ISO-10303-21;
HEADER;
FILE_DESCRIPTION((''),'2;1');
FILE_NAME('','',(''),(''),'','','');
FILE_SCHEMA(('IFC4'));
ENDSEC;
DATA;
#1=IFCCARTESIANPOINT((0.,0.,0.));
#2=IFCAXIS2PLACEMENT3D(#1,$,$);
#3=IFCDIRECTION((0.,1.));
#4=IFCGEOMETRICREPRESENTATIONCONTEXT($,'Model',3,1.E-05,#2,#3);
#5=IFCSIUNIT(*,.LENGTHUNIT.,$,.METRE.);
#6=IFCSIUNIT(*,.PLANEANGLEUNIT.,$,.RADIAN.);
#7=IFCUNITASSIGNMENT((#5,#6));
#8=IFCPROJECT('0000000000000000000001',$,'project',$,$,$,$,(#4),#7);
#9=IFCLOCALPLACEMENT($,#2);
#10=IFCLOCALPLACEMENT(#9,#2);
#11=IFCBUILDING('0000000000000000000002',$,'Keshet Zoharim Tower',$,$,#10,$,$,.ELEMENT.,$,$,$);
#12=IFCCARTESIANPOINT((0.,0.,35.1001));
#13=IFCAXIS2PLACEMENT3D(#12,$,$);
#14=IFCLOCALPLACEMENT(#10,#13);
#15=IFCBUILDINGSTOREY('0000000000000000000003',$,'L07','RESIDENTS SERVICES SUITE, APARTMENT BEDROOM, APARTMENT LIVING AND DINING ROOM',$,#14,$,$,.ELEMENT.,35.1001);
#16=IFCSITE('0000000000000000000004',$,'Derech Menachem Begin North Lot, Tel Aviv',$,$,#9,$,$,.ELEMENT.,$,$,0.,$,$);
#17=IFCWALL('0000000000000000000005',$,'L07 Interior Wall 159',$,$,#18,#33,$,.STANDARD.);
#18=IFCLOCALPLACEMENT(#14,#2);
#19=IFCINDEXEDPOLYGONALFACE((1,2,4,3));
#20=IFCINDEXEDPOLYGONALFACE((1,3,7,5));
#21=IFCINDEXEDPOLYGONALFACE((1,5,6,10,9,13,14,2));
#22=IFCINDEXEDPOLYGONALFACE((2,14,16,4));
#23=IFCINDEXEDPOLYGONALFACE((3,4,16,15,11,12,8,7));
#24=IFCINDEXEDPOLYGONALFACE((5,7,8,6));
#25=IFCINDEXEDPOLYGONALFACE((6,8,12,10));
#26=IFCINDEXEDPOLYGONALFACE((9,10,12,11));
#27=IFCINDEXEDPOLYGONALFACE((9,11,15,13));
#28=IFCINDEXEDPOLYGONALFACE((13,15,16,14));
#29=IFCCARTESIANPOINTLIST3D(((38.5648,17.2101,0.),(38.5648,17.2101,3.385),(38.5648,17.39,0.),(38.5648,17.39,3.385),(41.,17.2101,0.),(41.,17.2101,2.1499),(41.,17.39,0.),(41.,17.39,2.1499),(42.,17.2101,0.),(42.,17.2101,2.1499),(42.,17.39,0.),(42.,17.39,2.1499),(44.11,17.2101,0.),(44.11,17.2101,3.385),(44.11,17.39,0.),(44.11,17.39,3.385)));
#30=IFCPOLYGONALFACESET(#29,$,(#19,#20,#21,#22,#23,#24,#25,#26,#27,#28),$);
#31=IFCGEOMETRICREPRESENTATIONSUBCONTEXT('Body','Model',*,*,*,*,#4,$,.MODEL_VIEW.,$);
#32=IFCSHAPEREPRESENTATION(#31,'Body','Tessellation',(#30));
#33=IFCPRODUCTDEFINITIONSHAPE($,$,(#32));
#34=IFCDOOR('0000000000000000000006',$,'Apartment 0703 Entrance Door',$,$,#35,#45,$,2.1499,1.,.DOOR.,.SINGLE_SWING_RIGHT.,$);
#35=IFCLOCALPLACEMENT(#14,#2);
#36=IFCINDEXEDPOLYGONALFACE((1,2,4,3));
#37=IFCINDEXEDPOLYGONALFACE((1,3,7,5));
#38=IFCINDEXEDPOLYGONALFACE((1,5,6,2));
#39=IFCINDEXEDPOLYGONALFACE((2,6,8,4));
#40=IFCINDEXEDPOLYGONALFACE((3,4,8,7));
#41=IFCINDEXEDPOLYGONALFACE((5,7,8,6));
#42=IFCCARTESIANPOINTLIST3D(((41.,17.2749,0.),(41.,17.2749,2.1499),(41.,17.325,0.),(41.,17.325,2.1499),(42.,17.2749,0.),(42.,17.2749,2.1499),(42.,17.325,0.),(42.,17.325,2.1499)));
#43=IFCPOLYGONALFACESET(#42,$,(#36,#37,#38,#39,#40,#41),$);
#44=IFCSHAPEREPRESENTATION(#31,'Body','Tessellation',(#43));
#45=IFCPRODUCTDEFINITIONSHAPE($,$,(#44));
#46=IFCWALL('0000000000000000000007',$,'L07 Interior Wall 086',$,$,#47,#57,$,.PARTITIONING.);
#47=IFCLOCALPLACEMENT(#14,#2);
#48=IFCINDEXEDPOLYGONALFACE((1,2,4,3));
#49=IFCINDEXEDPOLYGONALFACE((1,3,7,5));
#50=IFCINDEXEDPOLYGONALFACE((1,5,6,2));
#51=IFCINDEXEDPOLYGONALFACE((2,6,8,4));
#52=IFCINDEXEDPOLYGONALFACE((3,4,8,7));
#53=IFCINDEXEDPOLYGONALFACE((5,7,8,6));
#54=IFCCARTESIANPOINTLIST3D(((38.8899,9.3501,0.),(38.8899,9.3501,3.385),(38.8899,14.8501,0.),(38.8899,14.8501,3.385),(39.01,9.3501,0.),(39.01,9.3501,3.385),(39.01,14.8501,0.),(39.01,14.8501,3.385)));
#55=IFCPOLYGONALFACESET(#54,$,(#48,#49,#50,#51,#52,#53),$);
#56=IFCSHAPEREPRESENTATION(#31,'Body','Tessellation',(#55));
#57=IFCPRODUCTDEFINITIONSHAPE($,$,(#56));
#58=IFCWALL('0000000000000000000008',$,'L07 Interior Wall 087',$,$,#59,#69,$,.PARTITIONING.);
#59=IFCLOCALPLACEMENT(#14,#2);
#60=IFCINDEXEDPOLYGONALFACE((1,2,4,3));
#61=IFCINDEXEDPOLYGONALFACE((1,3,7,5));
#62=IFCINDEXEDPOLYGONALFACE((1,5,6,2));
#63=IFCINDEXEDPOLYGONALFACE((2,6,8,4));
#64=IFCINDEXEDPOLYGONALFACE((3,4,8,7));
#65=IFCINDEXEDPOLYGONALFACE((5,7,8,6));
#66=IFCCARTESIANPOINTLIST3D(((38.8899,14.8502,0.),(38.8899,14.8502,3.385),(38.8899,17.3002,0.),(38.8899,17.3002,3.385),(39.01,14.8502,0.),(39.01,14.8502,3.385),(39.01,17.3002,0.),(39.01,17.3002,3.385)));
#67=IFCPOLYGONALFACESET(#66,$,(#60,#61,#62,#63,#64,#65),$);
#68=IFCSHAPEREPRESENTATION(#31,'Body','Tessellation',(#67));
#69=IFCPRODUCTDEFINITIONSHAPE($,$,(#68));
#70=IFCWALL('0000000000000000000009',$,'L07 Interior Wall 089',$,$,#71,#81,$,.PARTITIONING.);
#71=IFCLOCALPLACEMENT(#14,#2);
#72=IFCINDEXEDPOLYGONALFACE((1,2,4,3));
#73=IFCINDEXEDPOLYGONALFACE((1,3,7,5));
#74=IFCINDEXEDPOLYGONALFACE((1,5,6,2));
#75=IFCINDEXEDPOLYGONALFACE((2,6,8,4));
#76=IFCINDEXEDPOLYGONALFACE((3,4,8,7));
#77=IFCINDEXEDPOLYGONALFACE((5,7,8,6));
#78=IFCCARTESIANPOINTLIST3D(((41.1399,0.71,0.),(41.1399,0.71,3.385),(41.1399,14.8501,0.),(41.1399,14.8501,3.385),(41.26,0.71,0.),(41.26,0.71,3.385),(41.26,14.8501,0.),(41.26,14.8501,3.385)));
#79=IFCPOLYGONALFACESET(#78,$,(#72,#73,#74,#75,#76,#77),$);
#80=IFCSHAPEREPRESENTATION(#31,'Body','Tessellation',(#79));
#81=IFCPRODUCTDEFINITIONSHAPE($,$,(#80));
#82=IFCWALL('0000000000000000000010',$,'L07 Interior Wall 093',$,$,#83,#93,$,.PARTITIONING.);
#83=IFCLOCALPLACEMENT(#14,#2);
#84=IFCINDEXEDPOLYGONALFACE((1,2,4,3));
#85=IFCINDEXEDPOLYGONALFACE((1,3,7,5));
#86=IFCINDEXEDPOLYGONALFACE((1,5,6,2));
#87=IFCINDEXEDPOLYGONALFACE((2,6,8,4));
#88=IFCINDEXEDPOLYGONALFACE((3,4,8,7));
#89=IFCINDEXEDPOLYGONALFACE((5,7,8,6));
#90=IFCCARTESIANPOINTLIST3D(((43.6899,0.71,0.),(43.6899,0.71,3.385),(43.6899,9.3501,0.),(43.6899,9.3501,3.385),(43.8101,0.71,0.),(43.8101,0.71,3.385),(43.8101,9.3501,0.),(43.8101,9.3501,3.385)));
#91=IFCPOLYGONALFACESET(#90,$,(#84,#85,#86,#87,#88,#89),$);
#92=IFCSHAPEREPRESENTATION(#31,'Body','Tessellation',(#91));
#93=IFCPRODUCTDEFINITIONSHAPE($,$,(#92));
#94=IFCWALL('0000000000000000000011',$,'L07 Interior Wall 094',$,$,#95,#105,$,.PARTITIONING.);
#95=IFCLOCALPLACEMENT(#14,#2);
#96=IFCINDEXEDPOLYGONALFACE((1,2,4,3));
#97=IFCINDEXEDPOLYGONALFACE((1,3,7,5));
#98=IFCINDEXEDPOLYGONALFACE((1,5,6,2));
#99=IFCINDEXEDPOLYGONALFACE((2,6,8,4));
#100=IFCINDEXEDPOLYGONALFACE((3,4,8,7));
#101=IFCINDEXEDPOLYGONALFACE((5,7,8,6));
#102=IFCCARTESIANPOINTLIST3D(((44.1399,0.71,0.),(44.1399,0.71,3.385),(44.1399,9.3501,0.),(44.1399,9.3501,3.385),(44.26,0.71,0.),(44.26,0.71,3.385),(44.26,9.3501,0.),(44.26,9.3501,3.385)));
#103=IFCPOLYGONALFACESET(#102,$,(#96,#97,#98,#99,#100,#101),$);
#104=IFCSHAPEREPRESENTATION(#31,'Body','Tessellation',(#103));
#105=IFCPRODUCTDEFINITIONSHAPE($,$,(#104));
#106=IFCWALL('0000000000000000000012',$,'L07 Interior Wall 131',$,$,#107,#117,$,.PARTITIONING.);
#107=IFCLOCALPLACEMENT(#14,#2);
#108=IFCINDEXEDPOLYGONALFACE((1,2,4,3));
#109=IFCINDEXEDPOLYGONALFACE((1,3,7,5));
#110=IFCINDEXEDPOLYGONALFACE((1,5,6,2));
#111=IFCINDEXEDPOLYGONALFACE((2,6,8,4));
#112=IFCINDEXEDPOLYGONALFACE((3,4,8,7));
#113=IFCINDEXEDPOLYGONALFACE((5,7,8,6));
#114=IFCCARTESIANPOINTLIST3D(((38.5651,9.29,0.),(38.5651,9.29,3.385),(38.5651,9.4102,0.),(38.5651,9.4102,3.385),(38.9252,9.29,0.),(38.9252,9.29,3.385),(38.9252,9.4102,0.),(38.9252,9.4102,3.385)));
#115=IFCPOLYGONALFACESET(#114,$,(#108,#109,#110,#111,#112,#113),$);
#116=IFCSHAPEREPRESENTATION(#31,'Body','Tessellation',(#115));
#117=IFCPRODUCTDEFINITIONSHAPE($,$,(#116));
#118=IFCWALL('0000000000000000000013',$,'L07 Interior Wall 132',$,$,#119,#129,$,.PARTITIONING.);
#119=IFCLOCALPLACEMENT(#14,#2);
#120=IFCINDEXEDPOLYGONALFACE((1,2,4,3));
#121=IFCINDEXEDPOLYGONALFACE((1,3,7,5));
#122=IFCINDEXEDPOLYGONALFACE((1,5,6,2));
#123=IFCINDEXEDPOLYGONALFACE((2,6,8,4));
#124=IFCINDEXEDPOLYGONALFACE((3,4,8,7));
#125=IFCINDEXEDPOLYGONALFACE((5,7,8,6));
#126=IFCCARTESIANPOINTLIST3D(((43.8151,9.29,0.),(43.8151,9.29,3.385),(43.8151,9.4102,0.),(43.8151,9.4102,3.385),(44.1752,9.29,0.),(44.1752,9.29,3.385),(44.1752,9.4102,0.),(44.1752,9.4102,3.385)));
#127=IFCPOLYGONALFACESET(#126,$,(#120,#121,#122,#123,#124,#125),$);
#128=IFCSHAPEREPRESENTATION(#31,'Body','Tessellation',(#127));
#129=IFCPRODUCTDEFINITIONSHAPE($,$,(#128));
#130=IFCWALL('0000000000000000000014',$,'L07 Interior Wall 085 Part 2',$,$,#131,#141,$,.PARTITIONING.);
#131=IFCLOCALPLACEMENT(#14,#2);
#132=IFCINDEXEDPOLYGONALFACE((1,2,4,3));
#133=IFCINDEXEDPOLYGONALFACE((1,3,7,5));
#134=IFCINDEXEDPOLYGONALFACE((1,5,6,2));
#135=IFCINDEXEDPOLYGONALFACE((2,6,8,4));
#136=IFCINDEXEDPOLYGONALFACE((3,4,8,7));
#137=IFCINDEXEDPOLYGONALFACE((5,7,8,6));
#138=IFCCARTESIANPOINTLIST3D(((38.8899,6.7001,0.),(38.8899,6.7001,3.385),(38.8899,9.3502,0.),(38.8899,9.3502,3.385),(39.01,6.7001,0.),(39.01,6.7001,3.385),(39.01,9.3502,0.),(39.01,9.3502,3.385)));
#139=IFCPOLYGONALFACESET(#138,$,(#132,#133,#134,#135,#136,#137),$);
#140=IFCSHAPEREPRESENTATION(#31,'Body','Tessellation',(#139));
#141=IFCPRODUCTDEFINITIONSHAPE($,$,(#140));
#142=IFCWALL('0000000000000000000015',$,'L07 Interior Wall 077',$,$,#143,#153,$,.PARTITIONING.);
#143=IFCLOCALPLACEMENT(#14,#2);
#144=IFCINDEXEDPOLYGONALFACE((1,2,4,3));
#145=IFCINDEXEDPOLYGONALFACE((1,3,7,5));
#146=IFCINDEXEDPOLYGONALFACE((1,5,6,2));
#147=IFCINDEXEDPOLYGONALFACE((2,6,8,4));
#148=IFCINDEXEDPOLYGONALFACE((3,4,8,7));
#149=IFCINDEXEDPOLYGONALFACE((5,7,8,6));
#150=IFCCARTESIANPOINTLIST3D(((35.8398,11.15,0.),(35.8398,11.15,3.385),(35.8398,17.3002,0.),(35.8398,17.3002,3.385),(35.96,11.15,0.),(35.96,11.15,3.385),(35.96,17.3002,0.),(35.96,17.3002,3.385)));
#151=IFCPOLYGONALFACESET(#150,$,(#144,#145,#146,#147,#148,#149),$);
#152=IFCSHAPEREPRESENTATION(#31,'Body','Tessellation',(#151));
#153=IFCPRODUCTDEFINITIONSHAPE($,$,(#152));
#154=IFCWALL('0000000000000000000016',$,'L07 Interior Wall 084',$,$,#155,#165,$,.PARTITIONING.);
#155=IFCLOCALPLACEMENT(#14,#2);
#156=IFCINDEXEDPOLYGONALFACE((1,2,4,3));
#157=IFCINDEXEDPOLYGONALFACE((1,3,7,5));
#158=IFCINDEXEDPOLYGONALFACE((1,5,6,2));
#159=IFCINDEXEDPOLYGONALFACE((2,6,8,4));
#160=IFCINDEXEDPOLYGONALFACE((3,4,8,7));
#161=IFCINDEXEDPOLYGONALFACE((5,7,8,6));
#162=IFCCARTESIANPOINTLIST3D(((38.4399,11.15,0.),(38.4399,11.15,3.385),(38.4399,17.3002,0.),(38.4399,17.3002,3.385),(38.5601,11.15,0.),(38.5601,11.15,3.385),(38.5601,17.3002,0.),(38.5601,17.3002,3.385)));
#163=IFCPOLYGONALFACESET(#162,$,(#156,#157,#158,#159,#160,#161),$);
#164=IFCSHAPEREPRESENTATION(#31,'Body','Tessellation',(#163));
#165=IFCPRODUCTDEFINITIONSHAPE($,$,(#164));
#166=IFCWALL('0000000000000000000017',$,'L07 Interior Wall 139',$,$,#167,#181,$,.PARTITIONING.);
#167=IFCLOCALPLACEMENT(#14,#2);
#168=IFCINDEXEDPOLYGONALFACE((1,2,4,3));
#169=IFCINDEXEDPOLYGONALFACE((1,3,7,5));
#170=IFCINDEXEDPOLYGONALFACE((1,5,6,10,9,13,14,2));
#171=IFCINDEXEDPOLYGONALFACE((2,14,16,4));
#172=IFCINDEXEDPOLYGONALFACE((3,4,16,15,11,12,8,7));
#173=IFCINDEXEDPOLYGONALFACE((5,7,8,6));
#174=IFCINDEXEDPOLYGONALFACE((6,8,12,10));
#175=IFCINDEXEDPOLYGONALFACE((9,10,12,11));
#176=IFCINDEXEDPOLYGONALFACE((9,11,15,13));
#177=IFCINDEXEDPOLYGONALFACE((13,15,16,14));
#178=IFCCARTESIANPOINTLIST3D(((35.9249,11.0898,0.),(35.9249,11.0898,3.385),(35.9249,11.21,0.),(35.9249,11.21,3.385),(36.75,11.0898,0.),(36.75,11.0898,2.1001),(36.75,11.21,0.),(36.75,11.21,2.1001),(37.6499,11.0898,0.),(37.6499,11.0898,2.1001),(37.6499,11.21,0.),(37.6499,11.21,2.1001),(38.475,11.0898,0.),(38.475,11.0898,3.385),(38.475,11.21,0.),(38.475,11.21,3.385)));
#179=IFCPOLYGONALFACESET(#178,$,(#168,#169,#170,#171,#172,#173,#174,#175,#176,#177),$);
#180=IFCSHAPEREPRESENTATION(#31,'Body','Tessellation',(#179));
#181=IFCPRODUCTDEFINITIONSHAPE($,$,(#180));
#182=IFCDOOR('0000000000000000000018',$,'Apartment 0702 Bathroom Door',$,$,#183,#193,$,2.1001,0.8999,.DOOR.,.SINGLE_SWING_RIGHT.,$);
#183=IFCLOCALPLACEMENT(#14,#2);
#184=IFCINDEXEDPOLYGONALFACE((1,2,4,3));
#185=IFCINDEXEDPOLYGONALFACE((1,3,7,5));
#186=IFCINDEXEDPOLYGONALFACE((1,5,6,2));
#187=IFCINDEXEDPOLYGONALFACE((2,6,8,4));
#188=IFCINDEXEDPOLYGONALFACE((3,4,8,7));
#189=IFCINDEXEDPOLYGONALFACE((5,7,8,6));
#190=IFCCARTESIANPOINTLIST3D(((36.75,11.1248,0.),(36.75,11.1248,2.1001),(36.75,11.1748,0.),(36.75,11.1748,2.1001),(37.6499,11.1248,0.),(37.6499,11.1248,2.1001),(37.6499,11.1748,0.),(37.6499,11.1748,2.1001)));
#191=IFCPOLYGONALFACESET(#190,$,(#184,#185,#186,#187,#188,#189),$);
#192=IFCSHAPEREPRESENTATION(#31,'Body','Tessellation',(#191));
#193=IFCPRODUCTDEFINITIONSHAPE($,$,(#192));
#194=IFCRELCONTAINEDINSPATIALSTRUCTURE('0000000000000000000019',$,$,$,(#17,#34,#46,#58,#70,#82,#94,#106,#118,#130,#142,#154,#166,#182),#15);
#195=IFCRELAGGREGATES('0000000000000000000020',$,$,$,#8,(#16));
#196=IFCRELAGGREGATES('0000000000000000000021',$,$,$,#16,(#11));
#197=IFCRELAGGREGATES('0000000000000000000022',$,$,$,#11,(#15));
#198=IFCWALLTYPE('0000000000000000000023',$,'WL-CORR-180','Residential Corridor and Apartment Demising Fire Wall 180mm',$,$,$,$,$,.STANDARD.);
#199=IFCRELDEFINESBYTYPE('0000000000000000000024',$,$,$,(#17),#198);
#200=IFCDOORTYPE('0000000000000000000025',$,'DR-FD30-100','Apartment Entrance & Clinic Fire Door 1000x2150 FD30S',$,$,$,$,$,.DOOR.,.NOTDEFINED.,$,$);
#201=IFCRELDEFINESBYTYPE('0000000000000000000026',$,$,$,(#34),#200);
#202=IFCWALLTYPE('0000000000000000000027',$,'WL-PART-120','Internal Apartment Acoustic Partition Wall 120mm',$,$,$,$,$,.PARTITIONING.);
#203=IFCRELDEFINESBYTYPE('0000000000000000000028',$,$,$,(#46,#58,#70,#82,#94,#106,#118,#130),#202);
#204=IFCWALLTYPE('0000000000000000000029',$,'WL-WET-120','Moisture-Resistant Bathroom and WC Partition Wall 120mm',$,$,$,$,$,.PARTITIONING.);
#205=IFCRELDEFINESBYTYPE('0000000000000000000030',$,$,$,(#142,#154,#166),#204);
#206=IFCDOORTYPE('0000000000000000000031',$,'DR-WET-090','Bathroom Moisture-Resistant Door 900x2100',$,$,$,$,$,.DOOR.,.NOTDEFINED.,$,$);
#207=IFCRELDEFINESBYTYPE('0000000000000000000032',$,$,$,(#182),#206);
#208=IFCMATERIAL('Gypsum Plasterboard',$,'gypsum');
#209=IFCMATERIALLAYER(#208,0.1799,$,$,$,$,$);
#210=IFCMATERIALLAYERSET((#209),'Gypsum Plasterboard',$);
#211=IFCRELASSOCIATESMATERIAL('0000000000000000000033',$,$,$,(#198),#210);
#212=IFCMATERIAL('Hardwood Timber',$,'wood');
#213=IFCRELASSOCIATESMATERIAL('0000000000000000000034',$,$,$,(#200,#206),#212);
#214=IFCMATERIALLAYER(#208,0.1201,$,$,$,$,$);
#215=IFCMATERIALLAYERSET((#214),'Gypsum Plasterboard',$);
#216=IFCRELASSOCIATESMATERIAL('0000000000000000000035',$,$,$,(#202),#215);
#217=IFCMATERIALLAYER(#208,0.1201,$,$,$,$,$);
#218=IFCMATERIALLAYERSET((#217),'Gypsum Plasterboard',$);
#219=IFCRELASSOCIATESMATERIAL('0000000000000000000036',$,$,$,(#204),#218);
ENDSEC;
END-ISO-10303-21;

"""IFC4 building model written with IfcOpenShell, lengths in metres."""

from ifc_helpers import new_model, si_unit, direction, frame, frame_2d, origin, place, context, subcontext, project, spatial, rectangle, extrude, material, layer, layer_set, type_object, element, fill, save


model = new_model("IFC4")

# Units and contexts
model_context = context("Model", 3, precision=1e-05, world=origin(), true_north=direction((0.0, 1.0)))
body_context = subcontext(model_context, "Body", "Model", "MODEL_VIEW")
ifc_project = project(units=[si_unit("LENGTHUNIT", "METRE"), si_unit("PLANEANGLEUNIT", "RADIAN")], contexts=[model_context])

# Site, building, storey
site_placement = place(None, origin())
site = spatial("IfcSite", under=ifc_project, at=site_placement, Name="Derech Menachem Begin North Lot, Tel Aviv", CompositionType="ELEMENT", RefElevation=0.0)
building_placement = place(site_placement, origin())
building = spatial("IfcBuilding", under=site, at=building_placement, Name="Keshet Zoharim Tower", CompositionType="ELEMENT")
storey_placement = place(building_placement, frame((0.0, 0.0, 35.1001)))
storey = spatial("IfcBuildingStorey", under=building, at=storey_placement, Name="L07", Description="RESIDENTS SERVICES SUITE, APARTMENT BEDROOM, APARTMENT LIVING AND DINING ROOM", CompositionType="ELEMENT", Elevation=35.1001)

# Shared definitions
ifc_material_1 = material(Name="Gypsum Plasterboard", Category="gypsum")
ifc_layer_1 = layer(ifc_material_1, 0.1799)
ifc_layer_set_1 = layer_set([ifc_layer_1], Name="Gypsum Plasterboard")
wall_type_1 = type_object("IfcWallType", Name="WL-CORR-180", Description="Residential Corridor and Apartment Demising Fire Wall 180mm", PredefinedType="STANDARD", material=ifc_layer_set_1)

# Wall, opening, door
wall_1_placement = place(storey_placement, frame((38.5649, 17.3, 0.0), z_axis=(0.0, 0.0, 1.0), x_axis=(1.0, 0.0, 0.0)))
wall_1 = element("IfcWall", 1, at=wall_1_placement, inside=storey, type_object=wall_type_1, Name="L07 Interior Wall 159", PredefinedType="STANDARD", context=body_context, shape_type="SweptSolid", body=[
    extrude(rectangle(XDim=5.5452, YDim=0.1799, at=frame_2d((2.7725, 0.0))), origin(), (0.0, 0.0, 1.0), 3.385),
])
opening_1_placement = place(wall_1_placement, frame((2.4351, 0.0, 0.0)))
opening_1 = element("IfcOpeningElement", 2, at=opening_1_placement, cuts=wall_1, PredefinedType="OPENING", context=body_context, shape_type="SweptSolid", body=[
    extrude(rectangle(XDim=1.0, YDim=2.1499, at=frame_2d((0.5, 1.075))), frame((0.0, 0.1001, 0.0), z_axis=(0.0, -1.0, 0.0), x_axis=(1.0, 0.0, 0.0)), (0.0, 0.0, 1.0), 0.2),
])
ifc_material_2 = material(Name="Hardwood Timber", Category="wood")
door_type_1 = type_object("IfcDoorType", Name="DR-FD30-100", Description="Apartment Entrance & Clinic Fire Door 1000x2150 FD30S", OperationType="NOTDEFINED", PredefinedType="DOOR", material=ifc_material_2)
door_1_placement = place(opening_1_placement, origin())
door_1 = element("IfcDoor", 3, at=door_1_placement, inside=storey, type_object=door_type_1, Name="Apartment 0703 Entrance Door", OperationType="SINGLE_SWING_RIGHT", OverallHeight=2.1499, OverallWidth=1.0, PredefinedType="DOOR", context=body_context, shape_type="SweptSolid", body=[
    extrude(rectangle(XDim=1.0, YDim=2.1499, at=frame_2d((0.5, 1.075))), frame((0.0, 0.0249, 0.0), z_axis=(0.0, -1.0, 0.0), x_axis=(1.0, 0.0, 0.0)), (0.0, 0.0, 1.0), 0.05),
])
fill(opening_1, door_1)

# Walls
ifc_layer_2 = layer(ifc_material_1, 0.1201)
ifc_layer_set_2 = layer_set([ifc_layer_2], Name="Gypsum Plasterboard")
wall_type_2 = type_object("IfcWallType", Name="WL-PART-120", Description="Internal Apartment Acoustic Partition Wall 120mm", PredefinedType="PARTITIONING", material=ifc_layer_set_2)
wall_2_placement = place(storey_placement, frame((38.95, 9.3501, 0.0), z_axis=(0.0, 0.0, 1.0), x_axis=(0.0, 1.0, 0.0)))
element("IfcWall", 4, at=wall_2_placement, inside=storey, type_object=wall_type_2, Name="L07 Interior Wall 086", PredefinedType="PARTITIONING", context=body_context, shape_type="SweptSolid", body=[
    extrude(rectangle(XDim=5.5, YDim=0.1201, at=frame_2d((2.75, 0.0))), origin(), (0.0, 0.0, 1.0), 3.385),
])
wall_3_placement = place(storey_placement, frame((38.95, 14.8501, 0.0), z_axis=(0.0, 0.0, 1.0), x_axis=(0.0, 1.0, 0.0)))
element("IfcWall", 5, at=wall_3_placement, inside=storey, type_object=wall_type_2, Name="L07 Interior Wall 087", PredefinedType="PARTITIONING", context=body_context, shape_type="SweptSolid", body=[
    extrude(rectangle(XDim=2.45, YDim=0.1201, at=frame_2d((1.2251, 0.0))), origin(), (0.0, 0.0, 1.0), 3.385),
])
wall_4_placement = place(storey_placement, frame((41.2, 0.71, 0.0), z_axis=(0.0, 0.0, 1.0), x_axis=(0.0, 1.0, 0.0)))
element("IfcWall", 6, at=wall_4_placement, inside=storey, type_object=wall_type_2, Name="L07 Interior Wall 089", PredefinedType="PARTITIONING", context=body_context, shape_type="SweptSolid", body=[
    extrude(rectangle(XDim=14.1401, YDim=0.1201, at=frame_2d((7.0701, 0.0))), origin(), (0.0, 0.0, 1.0), 3.385),
])
for number, where, z_axis, x_axis, name in (
    (7, (43.75, 0.71, 0.0), (0.0, 0.0, 1.0), (0.0, 1.0, 0.0), "L07 Interior Wall 093"),
    (8, (44.2, 0.71, 0.0), (0.0, 0.0, 1.0), (0.0, 1.0, 0.0), "L07 Interior Wall 094"),
):
    element("IfcWall", number, at=place(storey_placement, frame(where, z_axis=z_axis, x_axis=x_axis)), inside=storey, type_object=wall_type_2, Name=name, PredefinedType="PARTITIONING", context=body_context, shape_type="SweptSolid", body=[
        extrude(rectangle(XDim=8.6401, YDim=0.1201, at=frame_2d((4.3201, 0.0))), origin(), (0.0, 0.0, 1.0), 3.385),
    ])
for number, where, z_axis, x_axis, name in (
    (9, (38.5649, 9.3501, 0.0), (0.0, 0.0, 1.0), (1.0, 0.0, 0.0), "L07 Interior Wall 131"),
    (10, (43.8149, 9.3501, 0.0), (0.0, 0.0, 1.0), (1.0, 0.0, 0.0), "L07 Interior Wall 132"),
):
    element("IfcWall", number, at=place(storey_placement, frame(where, z_axis=z_axis, x_axis=x_axis)), inside=storey, type_object=wall_type_2, Name=name, PredefinedType="PARTITIONING", context=body_context, shape_type="SweptSolid", body=[
        extrude(rectangle(XDim=0.3601, YDim=0.1201, at=frame_2d((0.1802, 0.0))), origin(), (0.0, 0.0, 1.0), 3.385),
    ])

# Walls
wall_5_placement = place(storey_placement, frame((38.95, 6.7, 0.0), z_axis=(0.0, 0.0, 1.0), x_axis=(0.0, 1.0, 0.0)))
element("IfcWall", 11, at=wall_5_placement, inside=storey, type_object=wall_type_2, Name="L07 Interior Wall 085 Part 2", PredefinedType="PARTITIONING", context=body_context, shape_type="SweptSolid", body=[
    extrude(rectangle(XDim=2.6501, YDim=0.1201, at=frame_2d((1.3252, 0.0))), origin(), (0.0, 0.0, 1.0), 3.385),
])
ifc_layer_3 = layer(ifc_material_1, 0.1201)
ifc_layer_set_3 = layer_set([ifc_layer_3], Name="Gypsum Plasterboard")
wall_type_3 = type_object("IfcWallType", Name="WL-WET-120", Description="Moisture-Resistant Bathroom and WC Partition Wall 120mm", PredefinedType="PARTITIONING", material=ifc_layer_set_3)
for number, where, z_axis, x_axis, name in (
    (12, (35.8999, 11.1499, 0.0), (0.0, 0.0, 1.0), (0.0, 1.0, 0.0), "L07 Interior Wall 077"),
    (13, (38.5, 11.1499, 0.0), (0.0, 0.0, 1.0), (0.0, 1.0, 0.0), "L07 Interior Wall 084"),
):
    element("IfcWall", number, at=place(storey_placement, frame(where, z_axis=z_axis, x_axis=x_axis)), inside=storey, type_object=wall_type_3, Name=name, PredefinedType="PARTITIONING", context=body_context, shape_type="SweptSolid", body=[
        extrude(rectangle(XDim=6.1501, YDim=0.1201, at=frame_2d((3.0752, 0.0))), origin(), (0.0, 0.0, 1.0), 3.385),
    ])

# Wall, opening, door
wall_6_placement = place(storey_placement, frame((35.925, 11.1499, 0.0), z_axis=(0.0, 0.0, 1.0), x_axis=(1.0, 0.0, 0.0)))
wall_6 = element("IfcWall", 14, at=wall_6_placement, inside=storey, type_object=wall_type_3, Name="L07 Interior Wall 139", PredefinedType="PARTITIONING", context=body_context, shape_type="SweptSolid", body=[
    extrude(rectangle(XDim=2.55, YDim=0.1201, at=frame_2d((1.2749, 0.0))), origin(), (0.0, 0.0, 1.0), 3.385),
])
opening_2_placement = place(wall_6_placement, frame((0.825, 0.0, 0.0)))
opening_2 = element("IfcOpeningElement", 15, at=opening_2_placement, cuts=wall_6, PredefinedType="OPENING", context=body_context, shape_type="SweptSolid", body=[
    extrude(rectangle(XDim=0.8999, YDim=2.1001, at=frame_2d((0.45, 1.05))), frame((0.0, 0.0701, 0.0), z_axis=(0.0, -1.0, 0.0), x_axis=(1.0, 0.0, 0.0)), (0.0, 0.0, 1.0), 0.1401),
])
door_type_2 = type_object("IfcDoorType", Name="DR-WET-090", Description="Bathroom Moisture-Resistant Door 900x2100", OperationType="NOTDEFINED", PredefinedType="DOOR", material=ifc_material_2)
door_2_placement = place(opening_2_placement, origin())
door_2 = element("IfcDoor", 16, at=door_2_placement, inside=storey, type_object=door_type_2, Name="Apartment 0702 Bathroom Door", OperationType="SINGLE_SWING_RIGHT", OverallHeight=2.1001, OverallWidth=0.8999, PredefinedType="DOOR", context=body_context, shape_type="SweptSolid", body=[
    extrude(rectangle(XDim=0.8999, YDim=2.1001, at=frame_2d((0.45, 1.05))), frame((0.0, 0.0249, 0.0), z_axis=(0.0, -1.0, 0.0), x_axis=(1.0, 0.0, 0.0)), (0.0, 0.0, 1.0), 0.05),
])
fill(opening_2, door_2)

save(model, "model.ifc")
